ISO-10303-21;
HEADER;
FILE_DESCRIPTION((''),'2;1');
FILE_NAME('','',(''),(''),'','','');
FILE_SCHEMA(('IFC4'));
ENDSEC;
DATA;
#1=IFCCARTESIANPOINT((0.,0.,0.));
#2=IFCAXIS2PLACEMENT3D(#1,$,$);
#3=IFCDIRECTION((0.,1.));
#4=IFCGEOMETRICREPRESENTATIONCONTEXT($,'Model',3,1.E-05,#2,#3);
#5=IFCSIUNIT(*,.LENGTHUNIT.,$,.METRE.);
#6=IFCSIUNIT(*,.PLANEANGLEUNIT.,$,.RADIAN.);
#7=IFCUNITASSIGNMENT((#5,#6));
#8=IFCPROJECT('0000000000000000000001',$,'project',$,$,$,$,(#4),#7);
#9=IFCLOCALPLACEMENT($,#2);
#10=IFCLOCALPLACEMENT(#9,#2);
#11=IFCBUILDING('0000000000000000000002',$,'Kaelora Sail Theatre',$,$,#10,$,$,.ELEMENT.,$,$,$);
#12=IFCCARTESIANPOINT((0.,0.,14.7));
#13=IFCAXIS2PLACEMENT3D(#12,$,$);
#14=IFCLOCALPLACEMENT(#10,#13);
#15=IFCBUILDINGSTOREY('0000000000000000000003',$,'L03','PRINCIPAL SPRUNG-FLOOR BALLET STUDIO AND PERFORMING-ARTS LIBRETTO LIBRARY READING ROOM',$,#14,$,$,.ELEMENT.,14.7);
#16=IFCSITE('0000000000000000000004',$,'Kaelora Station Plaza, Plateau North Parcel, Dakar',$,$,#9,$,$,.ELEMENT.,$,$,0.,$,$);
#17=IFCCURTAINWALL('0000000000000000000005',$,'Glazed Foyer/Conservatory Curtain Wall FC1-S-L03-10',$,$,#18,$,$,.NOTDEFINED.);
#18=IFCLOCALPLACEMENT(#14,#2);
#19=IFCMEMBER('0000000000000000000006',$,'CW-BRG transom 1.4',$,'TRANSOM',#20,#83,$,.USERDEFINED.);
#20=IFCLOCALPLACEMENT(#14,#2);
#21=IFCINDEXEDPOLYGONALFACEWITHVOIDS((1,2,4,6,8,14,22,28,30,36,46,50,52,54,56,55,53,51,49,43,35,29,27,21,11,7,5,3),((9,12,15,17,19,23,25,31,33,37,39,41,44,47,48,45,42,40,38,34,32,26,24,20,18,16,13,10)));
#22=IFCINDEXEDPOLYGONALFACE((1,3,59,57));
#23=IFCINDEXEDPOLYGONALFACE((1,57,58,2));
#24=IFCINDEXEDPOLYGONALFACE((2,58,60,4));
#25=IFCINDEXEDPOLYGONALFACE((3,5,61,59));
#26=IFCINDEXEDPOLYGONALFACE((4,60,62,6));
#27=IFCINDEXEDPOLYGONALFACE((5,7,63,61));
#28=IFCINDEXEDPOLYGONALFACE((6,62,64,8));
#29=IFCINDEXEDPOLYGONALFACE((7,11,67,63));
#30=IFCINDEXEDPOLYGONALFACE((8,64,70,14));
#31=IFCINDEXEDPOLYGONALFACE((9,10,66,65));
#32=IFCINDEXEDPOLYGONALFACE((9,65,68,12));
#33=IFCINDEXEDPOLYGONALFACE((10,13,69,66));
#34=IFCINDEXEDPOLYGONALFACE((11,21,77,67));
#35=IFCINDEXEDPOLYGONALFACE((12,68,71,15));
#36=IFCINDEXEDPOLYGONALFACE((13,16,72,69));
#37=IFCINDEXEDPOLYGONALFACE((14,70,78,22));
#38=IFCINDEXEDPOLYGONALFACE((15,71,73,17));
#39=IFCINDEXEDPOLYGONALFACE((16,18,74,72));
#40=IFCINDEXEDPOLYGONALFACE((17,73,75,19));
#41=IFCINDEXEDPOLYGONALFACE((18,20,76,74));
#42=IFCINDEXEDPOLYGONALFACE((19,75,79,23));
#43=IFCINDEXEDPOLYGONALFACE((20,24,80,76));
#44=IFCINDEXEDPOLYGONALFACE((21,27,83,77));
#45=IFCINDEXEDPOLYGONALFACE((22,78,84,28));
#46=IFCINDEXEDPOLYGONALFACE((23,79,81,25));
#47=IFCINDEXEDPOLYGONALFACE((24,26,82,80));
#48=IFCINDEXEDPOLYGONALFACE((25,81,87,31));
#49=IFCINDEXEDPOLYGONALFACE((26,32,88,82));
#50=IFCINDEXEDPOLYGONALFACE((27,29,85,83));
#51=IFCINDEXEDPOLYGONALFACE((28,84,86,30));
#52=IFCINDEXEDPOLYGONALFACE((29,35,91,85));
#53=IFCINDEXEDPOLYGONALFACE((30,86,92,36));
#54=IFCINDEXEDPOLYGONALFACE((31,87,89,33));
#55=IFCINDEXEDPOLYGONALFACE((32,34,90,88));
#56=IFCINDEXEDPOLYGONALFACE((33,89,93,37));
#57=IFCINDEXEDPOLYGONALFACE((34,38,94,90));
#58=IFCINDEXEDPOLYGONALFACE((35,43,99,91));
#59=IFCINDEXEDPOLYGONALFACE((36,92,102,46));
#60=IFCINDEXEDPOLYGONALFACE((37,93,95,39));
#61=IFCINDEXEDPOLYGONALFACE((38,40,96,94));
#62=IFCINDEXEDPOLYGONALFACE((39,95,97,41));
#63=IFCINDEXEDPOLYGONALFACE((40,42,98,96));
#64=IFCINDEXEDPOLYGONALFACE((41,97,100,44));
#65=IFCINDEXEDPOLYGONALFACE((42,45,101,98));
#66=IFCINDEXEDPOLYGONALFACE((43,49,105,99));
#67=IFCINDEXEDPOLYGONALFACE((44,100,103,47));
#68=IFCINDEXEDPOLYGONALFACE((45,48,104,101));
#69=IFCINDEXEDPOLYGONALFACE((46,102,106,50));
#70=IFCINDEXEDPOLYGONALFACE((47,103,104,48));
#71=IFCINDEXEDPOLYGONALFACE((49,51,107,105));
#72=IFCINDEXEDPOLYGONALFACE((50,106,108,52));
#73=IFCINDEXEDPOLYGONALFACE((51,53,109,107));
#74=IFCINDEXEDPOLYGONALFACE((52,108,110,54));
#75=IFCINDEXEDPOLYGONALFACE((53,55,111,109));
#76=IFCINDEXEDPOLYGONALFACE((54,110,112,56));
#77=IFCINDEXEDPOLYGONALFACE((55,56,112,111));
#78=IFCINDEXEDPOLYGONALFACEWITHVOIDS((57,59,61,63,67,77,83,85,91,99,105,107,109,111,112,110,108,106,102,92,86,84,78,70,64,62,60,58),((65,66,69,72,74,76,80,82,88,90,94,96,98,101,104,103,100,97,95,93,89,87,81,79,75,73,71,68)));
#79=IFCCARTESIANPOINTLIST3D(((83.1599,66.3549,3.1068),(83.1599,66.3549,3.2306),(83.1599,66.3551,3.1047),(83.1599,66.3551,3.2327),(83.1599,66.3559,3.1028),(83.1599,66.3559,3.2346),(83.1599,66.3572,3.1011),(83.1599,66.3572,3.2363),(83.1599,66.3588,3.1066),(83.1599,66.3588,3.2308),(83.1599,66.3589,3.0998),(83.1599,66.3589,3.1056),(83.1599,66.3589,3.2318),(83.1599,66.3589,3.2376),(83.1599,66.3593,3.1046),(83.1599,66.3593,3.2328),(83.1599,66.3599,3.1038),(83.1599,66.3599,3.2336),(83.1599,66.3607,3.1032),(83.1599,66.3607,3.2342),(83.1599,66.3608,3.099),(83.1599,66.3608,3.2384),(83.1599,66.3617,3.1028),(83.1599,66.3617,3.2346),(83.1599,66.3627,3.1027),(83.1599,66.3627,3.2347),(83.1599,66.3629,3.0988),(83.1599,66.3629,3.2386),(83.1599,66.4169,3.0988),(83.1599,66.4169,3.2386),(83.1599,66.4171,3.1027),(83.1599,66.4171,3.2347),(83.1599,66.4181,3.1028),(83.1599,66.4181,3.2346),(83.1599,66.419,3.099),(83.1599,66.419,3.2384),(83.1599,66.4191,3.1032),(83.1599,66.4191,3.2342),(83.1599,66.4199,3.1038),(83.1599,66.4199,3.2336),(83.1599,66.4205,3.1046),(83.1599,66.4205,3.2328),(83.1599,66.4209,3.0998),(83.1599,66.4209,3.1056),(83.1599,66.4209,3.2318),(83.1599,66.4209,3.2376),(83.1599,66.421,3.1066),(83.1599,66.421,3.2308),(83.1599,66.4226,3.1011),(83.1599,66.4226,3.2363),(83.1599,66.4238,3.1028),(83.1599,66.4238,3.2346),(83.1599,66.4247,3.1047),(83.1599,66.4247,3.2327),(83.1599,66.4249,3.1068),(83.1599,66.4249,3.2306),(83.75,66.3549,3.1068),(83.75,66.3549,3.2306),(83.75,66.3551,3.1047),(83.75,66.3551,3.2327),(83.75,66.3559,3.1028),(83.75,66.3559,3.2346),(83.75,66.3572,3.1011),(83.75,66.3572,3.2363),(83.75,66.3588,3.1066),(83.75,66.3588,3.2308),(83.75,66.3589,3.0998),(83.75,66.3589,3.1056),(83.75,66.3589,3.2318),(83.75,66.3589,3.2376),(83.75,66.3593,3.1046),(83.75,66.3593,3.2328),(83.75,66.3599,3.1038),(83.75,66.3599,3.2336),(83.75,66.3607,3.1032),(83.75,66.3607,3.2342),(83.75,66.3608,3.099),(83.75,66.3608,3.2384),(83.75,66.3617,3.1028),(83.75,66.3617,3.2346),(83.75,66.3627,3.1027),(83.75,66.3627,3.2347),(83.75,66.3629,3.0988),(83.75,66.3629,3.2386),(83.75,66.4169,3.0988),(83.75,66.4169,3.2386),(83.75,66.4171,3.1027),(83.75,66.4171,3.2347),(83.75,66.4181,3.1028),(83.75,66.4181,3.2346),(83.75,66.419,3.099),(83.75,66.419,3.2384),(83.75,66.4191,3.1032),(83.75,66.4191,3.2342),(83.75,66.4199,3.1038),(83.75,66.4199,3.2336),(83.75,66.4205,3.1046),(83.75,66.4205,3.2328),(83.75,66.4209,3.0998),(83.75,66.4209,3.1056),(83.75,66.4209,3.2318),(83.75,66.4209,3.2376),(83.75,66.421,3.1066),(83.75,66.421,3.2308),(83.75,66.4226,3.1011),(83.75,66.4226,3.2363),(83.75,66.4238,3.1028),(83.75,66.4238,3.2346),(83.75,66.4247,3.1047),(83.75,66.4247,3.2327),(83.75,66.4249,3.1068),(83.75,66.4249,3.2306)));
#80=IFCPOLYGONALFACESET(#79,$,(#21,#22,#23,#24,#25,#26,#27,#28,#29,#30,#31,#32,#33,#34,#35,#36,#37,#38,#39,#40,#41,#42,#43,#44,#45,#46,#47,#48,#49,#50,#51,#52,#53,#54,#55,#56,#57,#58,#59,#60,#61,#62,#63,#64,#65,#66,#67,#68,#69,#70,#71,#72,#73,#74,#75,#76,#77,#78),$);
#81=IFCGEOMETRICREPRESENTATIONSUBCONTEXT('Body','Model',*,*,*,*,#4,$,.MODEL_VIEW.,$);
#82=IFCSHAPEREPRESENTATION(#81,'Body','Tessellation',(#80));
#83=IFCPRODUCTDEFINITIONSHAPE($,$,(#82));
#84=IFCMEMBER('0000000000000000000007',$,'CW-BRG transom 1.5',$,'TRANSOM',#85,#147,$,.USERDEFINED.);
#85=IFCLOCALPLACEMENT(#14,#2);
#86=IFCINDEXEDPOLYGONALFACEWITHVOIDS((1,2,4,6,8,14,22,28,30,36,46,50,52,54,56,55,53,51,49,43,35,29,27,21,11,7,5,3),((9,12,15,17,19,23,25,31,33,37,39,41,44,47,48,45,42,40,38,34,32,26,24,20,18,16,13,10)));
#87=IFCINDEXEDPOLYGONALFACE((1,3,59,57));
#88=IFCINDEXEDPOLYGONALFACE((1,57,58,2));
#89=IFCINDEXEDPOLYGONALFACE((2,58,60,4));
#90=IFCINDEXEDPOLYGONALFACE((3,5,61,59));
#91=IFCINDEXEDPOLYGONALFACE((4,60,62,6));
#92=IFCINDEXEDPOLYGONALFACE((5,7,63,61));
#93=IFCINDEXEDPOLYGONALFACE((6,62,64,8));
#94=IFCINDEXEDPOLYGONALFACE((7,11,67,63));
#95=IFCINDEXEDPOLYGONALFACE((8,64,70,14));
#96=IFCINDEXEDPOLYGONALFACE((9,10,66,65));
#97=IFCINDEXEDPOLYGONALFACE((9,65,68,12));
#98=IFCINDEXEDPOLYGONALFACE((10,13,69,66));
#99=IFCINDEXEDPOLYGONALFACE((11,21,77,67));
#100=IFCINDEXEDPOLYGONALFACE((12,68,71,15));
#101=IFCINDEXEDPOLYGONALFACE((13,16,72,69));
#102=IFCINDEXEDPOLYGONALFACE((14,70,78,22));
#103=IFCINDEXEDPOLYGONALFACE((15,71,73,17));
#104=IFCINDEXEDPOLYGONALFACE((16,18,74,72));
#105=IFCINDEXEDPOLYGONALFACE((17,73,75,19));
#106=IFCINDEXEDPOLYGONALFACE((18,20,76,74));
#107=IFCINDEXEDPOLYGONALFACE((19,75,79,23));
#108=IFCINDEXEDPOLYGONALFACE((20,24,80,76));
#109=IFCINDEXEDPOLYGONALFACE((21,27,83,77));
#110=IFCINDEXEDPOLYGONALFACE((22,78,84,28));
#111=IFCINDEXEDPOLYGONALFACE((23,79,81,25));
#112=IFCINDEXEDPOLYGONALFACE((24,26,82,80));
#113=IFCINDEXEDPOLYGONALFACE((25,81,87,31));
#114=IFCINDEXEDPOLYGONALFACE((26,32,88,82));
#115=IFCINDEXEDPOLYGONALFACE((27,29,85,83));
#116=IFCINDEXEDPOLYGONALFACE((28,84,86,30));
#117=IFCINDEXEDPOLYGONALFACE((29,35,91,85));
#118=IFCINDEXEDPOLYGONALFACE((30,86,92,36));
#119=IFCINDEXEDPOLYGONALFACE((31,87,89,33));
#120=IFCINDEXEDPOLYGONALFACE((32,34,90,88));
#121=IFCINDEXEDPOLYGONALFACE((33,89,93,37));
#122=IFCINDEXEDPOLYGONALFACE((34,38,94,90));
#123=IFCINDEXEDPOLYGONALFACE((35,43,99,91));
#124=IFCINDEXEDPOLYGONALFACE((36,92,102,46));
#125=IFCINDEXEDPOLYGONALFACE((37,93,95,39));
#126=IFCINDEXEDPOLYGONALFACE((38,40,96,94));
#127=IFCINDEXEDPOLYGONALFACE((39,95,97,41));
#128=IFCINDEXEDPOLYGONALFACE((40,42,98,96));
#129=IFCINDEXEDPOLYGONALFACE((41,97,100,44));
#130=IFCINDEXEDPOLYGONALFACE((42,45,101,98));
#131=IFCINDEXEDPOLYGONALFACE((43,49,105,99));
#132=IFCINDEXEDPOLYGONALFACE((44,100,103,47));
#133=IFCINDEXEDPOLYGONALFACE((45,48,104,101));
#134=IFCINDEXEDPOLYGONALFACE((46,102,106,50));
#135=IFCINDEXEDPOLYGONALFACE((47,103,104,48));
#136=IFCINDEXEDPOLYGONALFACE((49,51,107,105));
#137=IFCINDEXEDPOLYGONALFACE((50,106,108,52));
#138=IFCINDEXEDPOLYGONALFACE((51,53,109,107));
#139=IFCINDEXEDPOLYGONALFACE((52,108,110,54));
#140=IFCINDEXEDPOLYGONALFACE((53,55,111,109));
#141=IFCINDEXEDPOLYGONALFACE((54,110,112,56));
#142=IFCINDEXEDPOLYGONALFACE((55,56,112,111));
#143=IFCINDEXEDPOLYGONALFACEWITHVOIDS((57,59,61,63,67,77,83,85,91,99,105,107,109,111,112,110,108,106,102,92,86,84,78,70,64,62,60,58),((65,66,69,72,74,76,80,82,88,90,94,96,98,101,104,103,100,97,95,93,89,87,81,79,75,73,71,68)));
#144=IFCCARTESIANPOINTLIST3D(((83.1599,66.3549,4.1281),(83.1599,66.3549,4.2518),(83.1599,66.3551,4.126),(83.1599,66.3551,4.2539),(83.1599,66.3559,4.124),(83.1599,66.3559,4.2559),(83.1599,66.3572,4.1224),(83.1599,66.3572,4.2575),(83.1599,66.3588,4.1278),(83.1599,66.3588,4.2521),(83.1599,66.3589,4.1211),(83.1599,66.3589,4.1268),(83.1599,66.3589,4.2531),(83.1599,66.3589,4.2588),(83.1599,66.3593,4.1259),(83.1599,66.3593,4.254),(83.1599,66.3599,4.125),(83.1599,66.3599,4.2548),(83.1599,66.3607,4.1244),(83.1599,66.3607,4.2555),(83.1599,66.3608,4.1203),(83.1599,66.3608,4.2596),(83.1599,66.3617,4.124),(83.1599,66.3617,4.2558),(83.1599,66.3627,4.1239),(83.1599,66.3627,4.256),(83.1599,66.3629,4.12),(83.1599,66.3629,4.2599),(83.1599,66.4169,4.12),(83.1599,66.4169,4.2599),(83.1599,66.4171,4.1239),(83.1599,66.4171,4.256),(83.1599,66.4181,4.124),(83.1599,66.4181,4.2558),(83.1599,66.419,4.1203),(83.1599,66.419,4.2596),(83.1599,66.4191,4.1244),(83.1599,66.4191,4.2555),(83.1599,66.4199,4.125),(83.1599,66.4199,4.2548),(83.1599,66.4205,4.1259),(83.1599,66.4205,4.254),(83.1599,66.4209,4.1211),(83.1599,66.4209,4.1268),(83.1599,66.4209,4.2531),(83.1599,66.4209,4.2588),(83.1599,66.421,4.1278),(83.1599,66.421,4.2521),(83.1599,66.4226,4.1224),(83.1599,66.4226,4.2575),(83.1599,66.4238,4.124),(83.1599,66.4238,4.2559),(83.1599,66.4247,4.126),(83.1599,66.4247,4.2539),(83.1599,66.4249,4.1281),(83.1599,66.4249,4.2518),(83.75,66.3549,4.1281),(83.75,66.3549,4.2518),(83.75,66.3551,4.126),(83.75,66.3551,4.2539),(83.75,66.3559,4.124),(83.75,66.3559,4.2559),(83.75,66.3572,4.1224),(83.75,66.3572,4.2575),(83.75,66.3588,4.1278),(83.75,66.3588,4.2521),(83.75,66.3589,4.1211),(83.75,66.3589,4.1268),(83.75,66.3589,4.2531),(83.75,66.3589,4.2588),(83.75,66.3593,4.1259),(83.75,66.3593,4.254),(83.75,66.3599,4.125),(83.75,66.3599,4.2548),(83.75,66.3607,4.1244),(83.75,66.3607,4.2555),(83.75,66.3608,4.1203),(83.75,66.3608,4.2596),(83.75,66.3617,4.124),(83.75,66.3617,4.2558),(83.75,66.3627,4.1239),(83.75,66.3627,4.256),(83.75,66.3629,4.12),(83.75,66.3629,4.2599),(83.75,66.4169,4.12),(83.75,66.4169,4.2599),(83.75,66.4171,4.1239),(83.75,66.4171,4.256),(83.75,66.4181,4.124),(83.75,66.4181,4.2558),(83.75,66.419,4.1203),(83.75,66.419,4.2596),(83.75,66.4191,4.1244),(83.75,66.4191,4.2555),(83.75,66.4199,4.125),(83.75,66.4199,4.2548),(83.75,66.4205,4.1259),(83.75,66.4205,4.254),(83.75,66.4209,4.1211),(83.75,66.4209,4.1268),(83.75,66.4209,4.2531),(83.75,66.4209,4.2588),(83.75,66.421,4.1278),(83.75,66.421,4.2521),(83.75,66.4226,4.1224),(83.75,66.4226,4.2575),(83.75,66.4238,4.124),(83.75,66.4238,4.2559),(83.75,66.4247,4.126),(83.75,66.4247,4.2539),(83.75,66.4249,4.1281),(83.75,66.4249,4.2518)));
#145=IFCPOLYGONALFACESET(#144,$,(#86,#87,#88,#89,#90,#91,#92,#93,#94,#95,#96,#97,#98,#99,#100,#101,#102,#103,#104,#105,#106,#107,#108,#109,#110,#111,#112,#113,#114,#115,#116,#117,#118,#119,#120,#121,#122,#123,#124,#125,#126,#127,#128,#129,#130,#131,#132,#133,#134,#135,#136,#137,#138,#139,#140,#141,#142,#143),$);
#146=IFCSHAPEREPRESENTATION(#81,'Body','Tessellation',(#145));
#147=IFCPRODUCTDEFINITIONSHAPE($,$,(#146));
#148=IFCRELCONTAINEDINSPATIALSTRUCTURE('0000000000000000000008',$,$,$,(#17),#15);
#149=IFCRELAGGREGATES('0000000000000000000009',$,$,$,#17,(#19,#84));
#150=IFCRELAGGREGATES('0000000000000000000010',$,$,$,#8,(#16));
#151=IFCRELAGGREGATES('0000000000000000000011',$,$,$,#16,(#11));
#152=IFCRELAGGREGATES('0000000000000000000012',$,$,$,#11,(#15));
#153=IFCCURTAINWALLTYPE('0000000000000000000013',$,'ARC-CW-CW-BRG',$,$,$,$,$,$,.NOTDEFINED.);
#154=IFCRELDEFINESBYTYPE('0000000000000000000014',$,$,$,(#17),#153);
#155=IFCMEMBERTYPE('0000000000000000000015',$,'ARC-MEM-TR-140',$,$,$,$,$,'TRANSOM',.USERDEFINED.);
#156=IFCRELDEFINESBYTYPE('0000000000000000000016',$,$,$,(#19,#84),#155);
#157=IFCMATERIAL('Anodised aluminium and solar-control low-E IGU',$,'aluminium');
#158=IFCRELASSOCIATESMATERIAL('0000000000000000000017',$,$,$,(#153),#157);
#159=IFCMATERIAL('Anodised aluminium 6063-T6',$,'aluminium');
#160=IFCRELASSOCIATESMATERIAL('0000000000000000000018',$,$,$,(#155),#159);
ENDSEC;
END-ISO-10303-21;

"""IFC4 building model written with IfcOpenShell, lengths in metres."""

from ifc_helpers import new_model, si_unit, direction, frame, origin, origin_2d, place, context, subcontext, project, spatial, hollow_rectangle, extrude, material, material_profile, profile_set, type_object, element, aggregate, save


model = new_model("IFC4")

# Units and contexts
model_context = context("Model", 3, precision=1e-05, world=origin(), true_north=direction((0.0, 1.0)))
body_context = subcontext(model_context, "Body", "Model", "MODEL_VIEW")
ifc_project = project(units=[si_unit("LENGTHUNIT", "METRE"), si_unit("PLANEANGLEUNIT", "RADIAN")], contexts=[model_context])

# Site, building, storey
site_placement = place(None, origin())
site = spatial("IfcSite", under=ifc_project, at=site_placement, Name="Kaelora Station Plaza, Plateau North Parcel, Dakar", CompositionType="ELEMENT", RefElevation=0.0)
building_placement = place(site_placement, origin())
building = spatial("IfcBuilding", under=site, at=building_placement, Name="Kaelora Sail Theatre", CompositionType="ELEMENT")
storey_placement = place(building_placement, frame((0.0, 0.0, 14.7)))
storey = spatial("IfcBuildingStorey", under=building, at=storey_placement, Name="L03", Description="PRINCIPAL SPRUNG-FLOOR BALLET STUDIO AND PERFORMING-ARTS LIBRETTO LIBRARY READING ROOM", CompositionType="ELEMENT", Elevation=14.7)

# Shared definitions
ifc_material_1 = material(Name="Anodised aluminium and solar-control low-E IGU", Category="aluminium")
curtain_wall_type = type_object("IfcCurtainWallType", Name="ARC-CW-CW-BRG", PredefinedType="NOTDEFINED", material=ifc_material_1)

# Curtain wall
curtain_wall_1_placement = place(storey_placement, origin())
curtain_wall_1 = element("IfcCurtainWall", 1, at=curtain_wall_1_placement, inside=storey, type_object=curtain_wall_type, Name="Glazed Foyer/Conservatory Curtain Wall FC1-S-L03-10", PredefinedType="NOTDEFINED")

# Members
ifc_material_2 = material(Name="Anodised aluminium 6063-T6", Category="aluminium")
ifc_material_profile_1 = material_profile(ifc_material_2, hollow_rectangle(XDim=0.0701, YDim=0.1399, WallThickness=0.0039, InnerFilletRadius=0.0039, OuterFilletRadius=0.0081, at=origin_2d()), Name="ALU-TRAN 70x140x4")
ifc_profile_set_1 = profile_set([ifc_material_profile_1], Name="Anodised aluminium 6063-T6")
member_type_1 = type_object("IfcMemberType", Name="ARC-MEM-TR-140", ElementType="TRANSOM", PredefinedType="USERDEFINED", material=ifc_profile_set_1)
member_1_placement = place(storey_placement, frame((83.1599, 66.3899, 3.1687), z_axis=(1.0, 0.0, 0.0), x_axis=(0.0, 1.0, 0.0)))
member_1 = element("IfcMember", 2, at=member_1_placement, type_object=member_type_1, Name="CW-BRG transom 1.4", ObjectType="TRANSOM", PredefinedType="USERDEFINED", context=body_context, shape_type="SweptSolid", body=[
    extrude(hollow_rectangle(XDim=0.0701, YDim=0.1399, WallThickness=0.0039, InnerFilletRadius=0.0039, OuterFilletRadius=0.0081, at=origin_2d()), origin(), (0.0, 0.0, 1.0), 0.5901),
])
member_2_placement = place(storey_placement, frame((83.1599, 66.3899, 4.1899), z_axis=(1.0, 0.0, 0.0), x_axis=(0.0, 1.0, 0.0)))
member_2 = element("IfcMember", 3, at=member_2_placement, type_object=member_type_1, Name="CW-BRG transom 1.5", ObjectType="TRANSOM", PredefinedType="USERDEFINED", context=body_context, shape_type="SweptSolid", body=[
    extrude(hollow_rectangle(XDim=0.0701, YDim=0.1399, WallThickness=0.0039, InnerFilletRadius=0.0039, OuterFilletRadius=0.0081, at=origin_2d()), origin(), (0.0, 0.0, 1.0), 0.5901),
])

aggregate(curtain_wall_1, [member_1, member_2])

save(model, "model.ifc")
